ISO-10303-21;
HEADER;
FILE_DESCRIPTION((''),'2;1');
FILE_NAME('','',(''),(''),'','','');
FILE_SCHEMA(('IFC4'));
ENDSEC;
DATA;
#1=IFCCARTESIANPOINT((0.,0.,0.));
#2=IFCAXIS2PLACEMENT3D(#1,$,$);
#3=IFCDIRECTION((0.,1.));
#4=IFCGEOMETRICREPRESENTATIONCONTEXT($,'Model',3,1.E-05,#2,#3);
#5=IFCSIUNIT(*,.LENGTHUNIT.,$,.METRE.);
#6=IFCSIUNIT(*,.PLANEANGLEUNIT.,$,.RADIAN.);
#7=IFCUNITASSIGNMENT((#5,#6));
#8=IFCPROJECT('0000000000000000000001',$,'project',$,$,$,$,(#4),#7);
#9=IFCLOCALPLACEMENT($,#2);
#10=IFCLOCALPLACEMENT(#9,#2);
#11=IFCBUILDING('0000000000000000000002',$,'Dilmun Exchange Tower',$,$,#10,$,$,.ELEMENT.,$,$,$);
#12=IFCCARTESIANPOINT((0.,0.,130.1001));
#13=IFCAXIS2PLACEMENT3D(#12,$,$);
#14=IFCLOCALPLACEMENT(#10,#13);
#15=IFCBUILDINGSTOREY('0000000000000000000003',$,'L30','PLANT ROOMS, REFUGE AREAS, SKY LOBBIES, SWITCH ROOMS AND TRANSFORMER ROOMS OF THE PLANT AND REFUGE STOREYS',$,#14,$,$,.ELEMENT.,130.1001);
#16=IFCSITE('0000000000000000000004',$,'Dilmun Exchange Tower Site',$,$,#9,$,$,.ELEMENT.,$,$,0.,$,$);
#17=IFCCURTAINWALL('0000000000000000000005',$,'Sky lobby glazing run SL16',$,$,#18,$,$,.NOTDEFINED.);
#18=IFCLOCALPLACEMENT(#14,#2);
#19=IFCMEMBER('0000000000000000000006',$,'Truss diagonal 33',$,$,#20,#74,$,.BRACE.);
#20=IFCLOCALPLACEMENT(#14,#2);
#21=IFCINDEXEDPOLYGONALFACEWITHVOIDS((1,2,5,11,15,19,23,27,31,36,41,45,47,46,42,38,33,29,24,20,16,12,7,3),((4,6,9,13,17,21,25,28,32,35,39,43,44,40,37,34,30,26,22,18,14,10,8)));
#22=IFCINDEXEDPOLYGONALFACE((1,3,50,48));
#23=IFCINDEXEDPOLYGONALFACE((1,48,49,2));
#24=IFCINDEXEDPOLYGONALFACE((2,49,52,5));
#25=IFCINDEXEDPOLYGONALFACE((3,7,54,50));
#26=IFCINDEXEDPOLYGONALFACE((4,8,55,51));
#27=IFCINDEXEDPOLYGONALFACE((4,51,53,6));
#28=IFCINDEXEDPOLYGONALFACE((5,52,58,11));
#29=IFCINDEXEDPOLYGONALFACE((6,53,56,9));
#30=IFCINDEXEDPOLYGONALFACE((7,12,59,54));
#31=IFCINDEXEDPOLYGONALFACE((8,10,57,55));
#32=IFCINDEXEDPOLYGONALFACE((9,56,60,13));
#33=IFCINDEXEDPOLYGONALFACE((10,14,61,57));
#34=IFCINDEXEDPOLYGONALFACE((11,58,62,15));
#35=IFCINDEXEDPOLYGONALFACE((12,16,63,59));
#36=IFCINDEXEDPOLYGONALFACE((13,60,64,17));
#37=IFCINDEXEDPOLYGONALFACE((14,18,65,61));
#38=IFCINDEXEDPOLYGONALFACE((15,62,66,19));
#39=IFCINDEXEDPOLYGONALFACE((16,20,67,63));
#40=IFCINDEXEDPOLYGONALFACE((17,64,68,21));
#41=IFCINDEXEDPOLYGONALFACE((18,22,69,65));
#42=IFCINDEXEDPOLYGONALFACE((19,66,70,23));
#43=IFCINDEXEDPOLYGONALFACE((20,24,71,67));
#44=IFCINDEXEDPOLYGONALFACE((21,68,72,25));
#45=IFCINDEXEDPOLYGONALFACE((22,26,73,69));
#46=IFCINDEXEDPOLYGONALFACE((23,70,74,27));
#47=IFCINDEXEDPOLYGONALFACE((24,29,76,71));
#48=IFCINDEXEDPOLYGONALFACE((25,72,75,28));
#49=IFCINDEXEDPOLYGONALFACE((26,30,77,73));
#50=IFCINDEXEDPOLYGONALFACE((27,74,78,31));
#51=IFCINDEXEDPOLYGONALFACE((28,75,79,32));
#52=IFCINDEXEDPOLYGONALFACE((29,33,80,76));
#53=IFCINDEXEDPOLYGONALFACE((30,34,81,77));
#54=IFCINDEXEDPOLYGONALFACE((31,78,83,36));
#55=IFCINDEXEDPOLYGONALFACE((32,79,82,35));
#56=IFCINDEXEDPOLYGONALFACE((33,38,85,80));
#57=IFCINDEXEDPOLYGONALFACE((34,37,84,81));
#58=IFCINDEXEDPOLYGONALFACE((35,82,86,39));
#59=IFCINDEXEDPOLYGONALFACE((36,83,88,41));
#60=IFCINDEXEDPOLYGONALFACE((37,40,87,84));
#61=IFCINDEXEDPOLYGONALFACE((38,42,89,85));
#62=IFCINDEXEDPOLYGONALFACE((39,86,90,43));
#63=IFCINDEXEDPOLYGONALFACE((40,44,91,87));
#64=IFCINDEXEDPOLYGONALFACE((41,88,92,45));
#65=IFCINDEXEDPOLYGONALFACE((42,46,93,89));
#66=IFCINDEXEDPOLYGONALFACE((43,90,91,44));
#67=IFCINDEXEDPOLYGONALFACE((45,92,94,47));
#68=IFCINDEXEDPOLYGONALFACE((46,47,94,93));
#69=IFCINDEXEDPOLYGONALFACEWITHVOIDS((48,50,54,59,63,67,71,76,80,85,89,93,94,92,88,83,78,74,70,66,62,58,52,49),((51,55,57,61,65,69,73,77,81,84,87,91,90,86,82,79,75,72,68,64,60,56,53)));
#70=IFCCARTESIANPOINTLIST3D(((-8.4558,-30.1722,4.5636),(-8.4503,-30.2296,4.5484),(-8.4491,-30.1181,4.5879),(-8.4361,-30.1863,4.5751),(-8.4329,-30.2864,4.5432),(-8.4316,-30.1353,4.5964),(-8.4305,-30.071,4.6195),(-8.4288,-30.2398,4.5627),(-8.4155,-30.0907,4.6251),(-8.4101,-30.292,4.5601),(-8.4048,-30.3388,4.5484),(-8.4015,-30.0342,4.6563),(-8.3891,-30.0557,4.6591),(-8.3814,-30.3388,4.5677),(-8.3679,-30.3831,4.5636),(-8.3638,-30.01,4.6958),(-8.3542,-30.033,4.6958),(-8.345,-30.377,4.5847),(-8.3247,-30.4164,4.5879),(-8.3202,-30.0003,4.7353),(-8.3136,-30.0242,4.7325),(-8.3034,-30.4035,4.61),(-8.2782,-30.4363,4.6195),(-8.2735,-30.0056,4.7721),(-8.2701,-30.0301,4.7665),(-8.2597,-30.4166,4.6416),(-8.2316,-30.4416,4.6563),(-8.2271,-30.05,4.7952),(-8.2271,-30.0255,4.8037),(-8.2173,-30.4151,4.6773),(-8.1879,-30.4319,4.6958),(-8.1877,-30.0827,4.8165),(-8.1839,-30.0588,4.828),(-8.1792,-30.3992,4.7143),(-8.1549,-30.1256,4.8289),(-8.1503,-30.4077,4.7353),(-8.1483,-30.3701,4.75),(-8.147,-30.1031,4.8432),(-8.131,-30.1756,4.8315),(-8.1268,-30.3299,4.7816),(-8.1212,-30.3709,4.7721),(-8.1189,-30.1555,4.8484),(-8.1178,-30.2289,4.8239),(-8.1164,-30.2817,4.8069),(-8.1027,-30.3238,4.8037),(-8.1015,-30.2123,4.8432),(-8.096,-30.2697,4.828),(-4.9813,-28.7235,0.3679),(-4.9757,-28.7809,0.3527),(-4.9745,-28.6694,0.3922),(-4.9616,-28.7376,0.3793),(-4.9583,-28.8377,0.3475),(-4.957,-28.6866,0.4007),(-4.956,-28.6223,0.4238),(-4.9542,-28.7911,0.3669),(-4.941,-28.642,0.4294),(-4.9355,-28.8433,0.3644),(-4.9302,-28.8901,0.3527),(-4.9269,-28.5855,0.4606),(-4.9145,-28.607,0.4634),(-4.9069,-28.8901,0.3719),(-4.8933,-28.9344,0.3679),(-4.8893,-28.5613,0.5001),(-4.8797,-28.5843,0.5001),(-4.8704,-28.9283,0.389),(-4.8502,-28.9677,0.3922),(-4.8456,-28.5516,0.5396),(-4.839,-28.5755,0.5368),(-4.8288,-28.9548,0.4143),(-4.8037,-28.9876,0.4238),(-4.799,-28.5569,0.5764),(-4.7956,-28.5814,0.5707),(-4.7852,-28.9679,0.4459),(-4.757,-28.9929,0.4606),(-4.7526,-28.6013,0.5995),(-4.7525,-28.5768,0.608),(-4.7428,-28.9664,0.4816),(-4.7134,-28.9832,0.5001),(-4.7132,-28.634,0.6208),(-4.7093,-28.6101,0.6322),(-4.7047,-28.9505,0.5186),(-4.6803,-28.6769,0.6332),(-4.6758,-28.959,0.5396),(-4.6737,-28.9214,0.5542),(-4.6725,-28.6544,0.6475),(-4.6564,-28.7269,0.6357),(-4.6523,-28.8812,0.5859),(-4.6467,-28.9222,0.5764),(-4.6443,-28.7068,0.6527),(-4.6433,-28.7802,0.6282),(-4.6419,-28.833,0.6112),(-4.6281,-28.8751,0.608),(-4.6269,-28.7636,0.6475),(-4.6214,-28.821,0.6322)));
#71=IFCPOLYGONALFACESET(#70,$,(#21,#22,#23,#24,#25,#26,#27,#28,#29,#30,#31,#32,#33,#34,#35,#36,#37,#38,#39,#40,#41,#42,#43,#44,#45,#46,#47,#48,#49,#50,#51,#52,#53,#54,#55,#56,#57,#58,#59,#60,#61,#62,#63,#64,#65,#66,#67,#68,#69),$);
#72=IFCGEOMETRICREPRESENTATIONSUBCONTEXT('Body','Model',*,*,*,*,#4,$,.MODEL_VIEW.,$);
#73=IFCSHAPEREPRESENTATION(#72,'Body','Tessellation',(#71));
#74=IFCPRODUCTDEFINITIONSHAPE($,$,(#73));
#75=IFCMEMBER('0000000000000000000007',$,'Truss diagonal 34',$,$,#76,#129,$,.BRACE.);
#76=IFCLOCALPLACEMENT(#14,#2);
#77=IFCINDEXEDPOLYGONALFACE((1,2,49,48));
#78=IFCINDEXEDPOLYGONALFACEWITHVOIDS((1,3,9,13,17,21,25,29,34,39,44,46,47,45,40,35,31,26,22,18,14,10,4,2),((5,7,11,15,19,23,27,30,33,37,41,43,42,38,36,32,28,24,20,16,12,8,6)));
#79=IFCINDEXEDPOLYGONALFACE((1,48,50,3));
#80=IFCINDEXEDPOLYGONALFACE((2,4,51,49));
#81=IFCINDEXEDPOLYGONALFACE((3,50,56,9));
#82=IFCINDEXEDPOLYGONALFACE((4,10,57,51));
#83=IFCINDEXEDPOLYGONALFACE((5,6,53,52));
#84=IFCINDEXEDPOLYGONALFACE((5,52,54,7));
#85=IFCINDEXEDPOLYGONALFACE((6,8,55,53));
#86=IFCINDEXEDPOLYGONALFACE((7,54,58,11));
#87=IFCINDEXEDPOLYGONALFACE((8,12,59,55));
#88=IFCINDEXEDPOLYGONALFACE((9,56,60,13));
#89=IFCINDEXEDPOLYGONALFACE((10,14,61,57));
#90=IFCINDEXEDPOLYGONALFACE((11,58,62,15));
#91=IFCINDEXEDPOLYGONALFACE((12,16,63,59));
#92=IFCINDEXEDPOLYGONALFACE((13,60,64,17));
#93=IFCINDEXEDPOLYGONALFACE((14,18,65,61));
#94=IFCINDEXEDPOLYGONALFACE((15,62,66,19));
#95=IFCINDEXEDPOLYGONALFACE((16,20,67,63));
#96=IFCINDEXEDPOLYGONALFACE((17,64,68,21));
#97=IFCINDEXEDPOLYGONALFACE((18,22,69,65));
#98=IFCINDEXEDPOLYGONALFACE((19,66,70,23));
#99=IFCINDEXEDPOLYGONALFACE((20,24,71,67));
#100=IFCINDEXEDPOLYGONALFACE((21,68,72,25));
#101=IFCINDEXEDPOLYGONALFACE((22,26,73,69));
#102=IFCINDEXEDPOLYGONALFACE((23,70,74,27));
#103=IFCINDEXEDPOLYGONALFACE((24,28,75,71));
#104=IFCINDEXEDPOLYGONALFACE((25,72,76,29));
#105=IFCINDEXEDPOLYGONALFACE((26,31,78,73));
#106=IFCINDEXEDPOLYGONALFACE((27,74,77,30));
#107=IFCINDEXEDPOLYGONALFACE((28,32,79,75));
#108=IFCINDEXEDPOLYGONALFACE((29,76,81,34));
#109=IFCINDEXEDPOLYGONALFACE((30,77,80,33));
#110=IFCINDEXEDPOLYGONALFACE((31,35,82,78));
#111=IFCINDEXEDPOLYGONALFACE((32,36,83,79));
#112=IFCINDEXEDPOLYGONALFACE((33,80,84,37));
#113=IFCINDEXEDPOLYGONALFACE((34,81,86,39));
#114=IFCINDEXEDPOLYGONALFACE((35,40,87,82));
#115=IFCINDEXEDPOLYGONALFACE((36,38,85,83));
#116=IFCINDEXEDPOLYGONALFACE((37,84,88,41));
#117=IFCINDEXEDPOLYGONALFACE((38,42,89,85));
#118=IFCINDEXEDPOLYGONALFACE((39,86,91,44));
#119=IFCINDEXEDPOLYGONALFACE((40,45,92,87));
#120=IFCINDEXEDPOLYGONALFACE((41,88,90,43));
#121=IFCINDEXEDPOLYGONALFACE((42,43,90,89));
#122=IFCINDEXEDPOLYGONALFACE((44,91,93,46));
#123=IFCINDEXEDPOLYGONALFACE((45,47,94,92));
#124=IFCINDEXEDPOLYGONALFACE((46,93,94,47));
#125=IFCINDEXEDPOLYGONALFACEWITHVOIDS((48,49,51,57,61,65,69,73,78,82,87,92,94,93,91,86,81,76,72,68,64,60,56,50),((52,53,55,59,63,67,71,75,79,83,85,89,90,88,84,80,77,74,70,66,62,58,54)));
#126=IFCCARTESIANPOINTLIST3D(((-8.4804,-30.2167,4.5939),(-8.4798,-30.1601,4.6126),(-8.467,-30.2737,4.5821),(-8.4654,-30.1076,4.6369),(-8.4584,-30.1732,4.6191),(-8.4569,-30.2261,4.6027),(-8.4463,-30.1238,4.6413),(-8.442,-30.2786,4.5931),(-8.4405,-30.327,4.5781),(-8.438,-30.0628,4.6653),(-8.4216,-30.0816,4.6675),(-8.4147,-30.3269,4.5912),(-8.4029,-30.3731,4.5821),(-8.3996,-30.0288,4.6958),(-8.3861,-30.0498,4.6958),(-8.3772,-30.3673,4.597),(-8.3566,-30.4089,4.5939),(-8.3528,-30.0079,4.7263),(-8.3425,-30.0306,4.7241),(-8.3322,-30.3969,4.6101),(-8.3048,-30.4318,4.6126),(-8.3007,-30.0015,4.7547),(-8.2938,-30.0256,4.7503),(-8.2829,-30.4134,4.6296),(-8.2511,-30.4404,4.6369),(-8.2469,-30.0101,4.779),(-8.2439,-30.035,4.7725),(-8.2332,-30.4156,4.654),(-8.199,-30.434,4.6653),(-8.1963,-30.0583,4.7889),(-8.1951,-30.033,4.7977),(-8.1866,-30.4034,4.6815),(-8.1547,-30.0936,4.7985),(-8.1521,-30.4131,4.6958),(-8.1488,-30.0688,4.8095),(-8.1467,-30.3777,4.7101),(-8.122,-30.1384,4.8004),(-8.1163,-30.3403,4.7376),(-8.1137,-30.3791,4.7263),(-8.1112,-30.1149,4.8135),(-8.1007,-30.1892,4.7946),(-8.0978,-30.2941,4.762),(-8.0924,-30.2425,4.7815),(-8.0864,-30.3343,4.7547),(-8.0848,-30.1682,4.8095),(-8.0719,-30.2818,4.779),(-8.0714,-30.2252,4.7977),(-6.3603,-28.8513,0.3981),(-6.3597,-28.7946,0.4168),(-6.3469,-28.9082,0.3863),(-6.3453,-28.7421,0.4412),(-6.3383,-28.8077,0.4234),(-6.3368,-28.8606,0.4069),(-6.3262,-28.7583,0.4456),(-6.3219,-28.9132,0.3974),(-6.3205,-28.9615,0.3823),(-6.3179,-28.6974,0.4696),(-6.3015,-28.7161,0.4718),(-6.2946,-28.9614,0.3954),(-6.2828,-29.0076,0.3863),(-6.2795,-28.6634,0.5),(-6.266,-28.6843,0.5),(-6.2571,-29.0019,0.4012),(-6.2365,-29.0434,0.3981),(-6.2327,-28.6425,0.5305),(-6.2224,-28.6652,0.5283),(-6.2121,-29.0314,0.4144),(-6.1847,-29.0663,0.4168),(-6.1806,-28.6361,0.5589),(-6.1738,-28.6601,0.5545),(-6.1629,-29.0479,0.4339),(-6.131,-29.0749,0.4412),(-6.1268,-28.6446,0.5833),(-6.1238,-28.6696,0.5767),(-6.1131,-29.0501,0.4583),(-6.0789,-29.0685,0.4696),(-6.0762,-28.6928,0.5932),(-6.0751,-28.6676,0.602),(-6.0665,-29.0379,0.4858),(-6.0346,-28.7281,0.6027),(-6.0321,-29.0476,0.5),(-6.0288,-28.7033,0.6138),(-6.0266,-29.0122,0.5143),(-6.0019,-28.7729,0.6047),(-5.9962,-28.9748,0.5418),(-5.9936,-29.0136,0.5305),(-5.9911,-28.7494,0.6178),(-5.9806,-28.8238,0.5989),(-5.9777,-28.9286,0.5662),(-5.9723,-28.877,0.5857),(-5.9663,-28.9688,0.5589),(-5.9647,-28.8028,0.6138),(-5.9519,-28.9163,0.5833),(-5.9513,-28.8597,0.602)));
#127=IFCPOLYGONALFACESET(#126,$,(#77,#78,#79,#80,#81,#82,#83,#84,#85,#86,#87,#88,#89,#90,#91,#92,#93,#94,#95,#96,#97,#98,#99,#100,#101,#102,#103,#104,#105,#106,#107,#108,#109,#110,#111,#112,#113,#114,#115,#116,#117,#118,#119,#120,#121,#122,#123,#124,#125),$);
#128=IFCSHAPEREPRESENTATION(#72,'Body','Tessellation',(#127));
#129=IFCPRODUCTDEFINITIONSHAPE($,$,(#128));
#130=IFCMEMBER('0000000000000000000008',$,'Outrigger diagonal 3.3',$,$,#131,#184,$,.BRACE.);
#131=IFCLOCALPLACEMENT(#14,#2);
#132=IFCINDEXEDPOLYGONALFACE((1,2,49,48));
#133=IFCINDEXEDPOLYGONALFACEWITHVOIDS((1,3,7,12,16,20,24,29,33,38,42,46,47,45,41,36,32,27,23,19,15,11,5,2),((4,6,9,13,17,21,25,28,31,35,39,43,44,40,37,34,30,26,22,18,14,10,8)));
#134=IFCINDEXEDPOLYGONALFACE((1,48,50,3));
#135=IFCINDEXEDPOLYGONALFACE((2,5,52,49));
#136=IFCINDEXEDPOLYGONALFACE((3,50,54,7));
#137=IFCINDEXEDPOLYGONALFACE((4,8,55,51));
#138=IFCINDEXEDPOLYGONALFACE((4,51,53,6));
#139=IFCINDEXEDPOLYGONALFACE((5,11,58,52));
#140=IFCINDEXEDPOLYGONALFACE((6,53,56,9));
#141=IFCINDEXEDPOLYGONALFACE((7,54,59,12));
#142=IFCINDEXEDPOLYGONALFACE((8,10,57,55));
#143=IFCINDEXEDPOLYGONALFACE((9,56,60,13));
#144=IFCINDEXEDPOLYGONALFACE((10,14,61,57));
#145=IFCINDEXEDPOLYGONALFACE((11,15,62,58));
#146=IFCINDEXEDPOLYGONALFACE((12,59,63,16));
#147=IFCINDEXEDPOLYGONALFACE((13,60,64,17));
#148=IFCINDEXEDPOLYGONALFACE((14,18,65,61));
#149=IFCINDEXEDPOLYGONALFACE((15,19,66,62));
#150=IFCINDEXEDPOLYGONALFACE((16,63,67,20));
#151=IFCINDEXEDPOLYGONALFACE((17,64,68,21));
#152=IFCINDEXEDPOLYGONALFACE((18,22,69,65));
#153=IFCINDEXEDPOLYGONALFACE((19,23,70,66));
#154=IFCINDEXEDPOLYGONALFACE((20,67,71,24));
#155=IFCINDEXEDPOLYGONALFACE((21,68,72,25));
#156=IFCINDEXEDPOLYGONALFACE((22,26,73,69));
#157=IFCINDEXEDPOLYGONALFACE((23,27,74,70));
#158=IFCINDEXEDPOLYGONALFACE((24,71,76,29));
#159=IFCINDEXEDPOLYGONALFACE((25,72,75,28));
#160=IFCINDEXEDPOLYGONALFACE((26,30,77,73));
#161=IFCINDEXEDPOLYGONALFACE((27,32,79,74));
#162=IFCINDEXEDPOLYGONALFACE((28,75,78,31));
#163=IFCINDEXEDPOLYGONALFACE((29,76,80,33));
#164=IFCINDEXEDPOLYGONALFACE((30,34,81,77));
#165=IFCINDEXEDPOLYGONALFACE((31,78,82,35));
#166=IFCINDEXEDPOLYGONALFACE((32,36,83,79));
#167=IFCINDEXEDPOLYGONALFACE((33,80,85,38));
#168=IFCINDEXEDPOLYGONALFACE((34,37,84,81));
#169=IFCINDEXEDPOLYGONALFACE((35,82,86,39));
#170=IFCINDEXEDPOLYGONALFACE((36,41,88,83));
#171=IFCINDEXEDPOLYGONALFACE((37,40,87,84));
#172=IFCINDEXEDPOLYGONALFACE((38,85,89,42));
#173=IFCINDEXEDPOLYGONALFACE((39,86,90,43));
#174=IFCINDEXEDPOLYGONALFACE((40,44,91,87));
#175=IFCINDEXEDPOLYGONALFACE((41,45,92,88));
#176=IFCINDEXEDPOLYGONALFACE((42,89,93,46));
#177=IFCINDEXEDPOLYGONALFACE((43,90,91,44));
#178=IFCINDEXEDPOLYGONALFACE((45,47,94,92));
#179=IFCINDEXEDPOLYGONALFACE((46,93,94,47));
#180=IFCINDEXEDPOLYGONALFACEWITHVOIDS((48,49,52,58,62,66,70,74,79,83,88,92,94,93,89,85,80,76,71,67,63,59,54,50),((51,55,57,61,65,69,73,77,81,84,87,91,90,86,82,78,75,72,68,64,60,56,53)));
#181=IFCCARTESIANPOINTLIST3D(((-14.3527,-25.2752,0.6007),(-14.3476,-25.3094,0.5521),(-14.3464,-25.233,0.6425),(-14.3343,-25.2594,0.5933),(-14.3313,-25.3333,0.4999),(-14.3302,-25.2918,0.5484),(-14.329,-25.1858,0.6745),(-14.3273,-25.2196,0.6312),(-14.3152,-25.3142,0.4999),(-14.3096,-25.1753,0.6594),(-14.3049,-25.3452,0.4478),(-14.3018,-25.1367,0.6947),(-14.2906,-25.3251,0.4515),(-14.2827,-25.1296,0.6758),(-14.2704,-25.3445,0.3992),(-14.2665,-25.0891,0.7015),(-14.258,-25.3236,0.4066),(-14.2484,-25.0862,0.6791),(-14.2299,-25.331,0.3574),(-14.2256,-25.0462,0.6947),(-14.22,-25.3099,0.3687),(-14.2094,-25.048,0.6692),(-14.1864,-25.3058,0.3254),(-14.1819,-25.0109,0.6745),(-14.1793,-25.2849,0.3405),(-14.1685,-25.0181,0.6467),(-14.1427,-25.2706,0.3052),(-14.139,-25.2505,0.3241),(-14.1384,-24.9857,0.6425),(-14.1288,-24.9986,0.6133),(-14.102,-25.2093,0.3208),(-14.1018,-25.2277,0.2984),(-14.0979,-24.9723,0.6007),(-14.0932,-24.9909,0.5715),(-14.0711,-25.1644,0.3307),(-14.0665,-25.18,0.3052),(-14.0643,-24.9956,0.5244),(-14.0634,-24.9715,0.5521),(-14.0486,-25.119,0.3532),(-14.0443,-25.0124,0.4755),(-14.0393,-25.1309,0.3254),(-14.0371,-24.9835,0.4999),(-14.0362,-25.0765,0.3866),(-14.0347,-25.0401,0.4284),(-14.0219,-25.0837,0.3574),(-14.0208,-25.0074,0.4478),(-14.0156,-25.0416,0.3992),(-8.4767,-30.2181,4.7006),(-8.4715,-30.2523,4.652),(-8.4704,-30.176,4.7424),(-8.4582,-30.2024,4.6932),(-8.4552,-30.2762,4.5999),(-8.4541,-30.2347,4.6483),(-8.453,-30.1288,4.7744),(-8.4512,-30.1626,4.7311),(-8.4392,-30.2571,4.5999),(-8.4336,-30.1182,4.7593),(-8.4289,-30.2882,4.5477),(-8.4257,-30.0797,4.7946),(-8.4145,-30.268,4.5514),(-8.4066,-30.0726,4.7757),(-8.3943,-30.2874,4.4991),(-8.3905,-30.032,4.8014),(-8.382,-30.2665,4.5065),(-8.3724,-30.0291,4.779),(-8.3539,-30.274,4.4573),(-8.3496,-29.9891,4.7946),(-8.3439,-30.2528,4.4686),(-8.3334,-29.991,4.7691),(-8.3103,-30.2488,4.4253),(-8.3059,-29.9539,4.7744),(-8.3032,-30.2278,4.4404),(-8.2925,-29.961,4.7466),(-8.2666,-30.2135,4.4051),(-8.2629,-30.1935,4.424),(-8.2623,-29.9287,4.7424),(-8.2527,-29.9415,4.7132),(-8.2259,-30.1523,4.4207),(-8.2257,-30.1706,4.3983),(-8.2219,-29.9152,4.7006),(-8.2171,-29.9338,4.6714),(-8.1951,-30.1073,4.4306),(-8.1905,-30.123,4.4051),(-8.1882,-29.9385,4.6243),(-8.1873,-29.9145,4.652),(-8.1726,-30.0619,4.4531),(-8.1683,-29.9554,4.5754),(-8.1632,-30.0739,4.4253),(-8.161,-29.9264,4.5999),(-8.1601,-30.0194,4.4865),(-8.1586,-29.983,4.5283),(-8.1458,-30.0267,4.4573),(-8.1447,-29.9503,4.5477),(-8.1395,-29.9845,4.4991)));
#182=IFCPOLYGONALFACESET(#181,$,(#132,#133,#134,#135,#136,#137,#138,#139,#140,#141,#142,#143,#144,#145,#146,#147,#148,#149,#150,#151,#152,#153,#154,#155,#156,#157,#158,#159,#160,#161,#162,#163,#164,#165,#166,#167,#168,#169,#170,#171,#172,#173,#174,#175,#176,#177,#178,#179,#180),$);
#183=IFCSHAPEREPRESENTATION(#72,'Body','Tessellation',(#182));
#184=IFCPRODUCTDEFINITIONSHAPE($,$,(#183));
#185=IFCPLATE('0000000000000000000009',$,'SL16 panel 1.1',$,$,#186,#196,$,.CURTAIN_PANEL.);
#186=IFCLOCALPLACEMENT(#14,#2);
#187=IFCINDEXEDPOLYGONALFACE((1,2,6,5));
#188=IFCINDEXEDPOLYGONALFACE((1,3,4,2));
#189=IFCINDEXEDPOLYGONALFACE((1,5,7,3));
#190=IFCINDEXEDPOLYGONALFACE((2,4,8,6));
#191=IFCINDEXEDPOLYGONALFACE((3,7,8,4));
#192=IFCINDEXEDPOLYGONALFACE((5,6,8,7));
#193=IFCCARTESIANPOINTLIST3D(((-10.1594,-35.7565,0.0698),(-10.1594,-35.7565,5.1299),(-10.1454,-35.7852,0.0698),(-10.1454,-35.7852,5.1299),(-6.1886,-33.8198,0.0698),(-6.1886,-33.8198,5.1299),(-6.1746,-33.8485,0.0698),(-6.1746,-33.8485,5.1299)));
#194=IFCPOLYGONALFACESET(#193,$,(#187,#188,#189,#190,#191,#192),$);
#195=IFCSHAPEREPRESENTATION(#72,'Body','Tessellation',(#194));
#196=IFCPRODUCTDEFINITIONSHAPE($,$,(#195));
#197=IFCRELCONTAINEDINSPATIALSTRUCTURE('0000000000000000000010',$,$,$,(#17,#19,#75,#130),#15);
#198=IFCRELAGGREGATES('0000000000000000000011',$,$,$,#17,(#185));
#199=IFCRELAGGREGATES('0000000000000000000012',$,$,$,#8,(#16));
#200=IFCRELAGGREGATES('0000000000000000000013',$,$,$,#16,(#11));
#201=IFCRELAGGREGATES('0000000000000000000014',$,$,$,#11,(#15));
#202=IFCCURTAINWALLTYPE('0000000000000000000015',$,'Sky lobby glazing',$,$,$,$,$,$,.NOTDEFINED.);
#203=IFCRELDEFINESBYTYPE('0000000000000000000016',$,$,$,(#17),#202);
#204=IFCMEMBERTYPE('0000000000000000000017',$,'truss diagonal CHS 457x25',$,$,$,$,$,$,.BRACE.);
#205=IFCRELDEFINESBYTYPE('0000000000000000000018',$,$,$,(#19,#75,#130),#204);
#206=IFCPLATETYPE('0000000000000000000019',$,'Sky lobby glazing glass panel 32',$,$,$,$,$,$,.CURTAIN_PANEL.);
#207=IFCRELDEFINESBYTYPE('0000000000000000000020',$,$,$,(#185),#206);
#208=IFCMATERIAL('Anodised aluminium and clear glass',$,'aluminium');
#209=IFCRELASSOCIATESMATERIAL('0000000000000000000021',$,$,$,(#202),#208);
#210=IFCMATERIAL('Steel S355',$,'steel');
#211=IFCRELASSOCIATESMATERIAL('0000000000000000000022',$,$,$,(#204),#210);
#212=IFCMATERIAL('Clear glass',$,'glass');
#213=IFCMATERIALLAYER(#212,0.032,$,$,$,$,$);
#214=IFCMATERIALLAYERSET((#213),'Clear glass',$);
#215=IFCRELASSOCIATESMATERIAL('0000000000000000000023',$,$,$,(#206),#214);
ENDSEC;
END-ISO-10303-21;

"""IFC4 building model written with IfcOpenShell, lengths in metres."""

from ifc_helpers import new_model, si_unit, direction, frame, origin, origin_2d, place, context, subcontext, project, spatial, rectangle, hollow_circle, extrude, material, layer, layer_set, material_profile, profile_set, type_object, element, aggregate, save


model = new_model("IFC4")

# Units and contexts
model_context = context("Model", 3, precision=1e-05, world=origin(), true_north=direction((0.0, 1.0)))
body_context = subcontext(model_context, "Body", "Model", "MODEL_VIEW")
ifc_project = project(units=[si_unit("LENGTHUNIT", "METRE"), si_unit("PLANEANGLEUNIT", "RADIAN")], contexts=[model_context])

# Site, building, storey
site_placement = place(None, origin())
site = spatial("IfcSite", under=ifc_project, at=site_placement, Name="Dilmun Exchange Tower Site", CompositionType="ELEMENT", RefElevation=0.0)
building_placement = place(site_placement, origin())
building = spatial("IfcBuilding", under=site, at=building_placement, Name="Dilmun Exchange Tower", CompositionType="ELEMENT")
storey_placement = place(building_placement, frame((0.0, 0.0, 130.1001)))
storey = spatial("IfcBuildingStorey", under=building, at=storey_placement, Name="L30", Description="PLANT ROOMS, REFUGE AREAS, SKY LOBBIES, SWITCH ROOMS AND TRANSFORMER ROOMS OF THE PLANT AND REFUGE STOREYS", CompositionType="ELEMENT", Elevation=130.1001)

# Curtain wall
ifc_material_1 = material(Name="Anodised aluminium and clear glass", Category="aluminium")
curtain_wall_type = type_object("IfcCurtainWallType", Name="Sky lobby glazing", PredefinedType="NOTDEFINED", material=ifc_material_1)
curtain_wall_placement = place(storey_placement, origin())
curtain_wall = element("IfcCurtainWall", 1, at=curtain_wall_placement, inside=storey, type_object=curtain_wall_type, Name="Sky lobby glazing run SL16", PredefinedType="NOTDEFINED")

# Shared definitions
ifc_material_2 = material(Name="Steel S355", Category="steel")

# Members
ifc_material_profile_1 = material_profile(ifc_material_2, hollow_circle(Radius=0.2285, WallThickness=0.0249, at=origin_2d()), Name="CHS 457x25")
ifc_profile_set_1 = profile_set([ifc_material_profile_1], Name="Steel S355")
member_type_1 = type_object("IfcMemberType", Name="truss diagonal CHS 457x25", PredefinedType="BRACE", material=ifc_profile_set_1)
member_1_placement = place(storey_placement, frame((-8.2759, -30.2209, 4.6958), z_axis=(0.616387, 0.257001, -0.744324), x_axis=(-0.384836, 0.922985, 0.0)))
element("IfcMember", 2, at=member_1_placement, inside=storey, type_object=member_type_1, Name="Truss diagonal 33", PredefinedType="BRACE", context=body_context, shape_type="SweptSolid", body=[
    extrude(hollow_circle(Radius=0.2285, WallThickness=0.0249, at=origin_2d()), origin(), (0.0, 0.0, 1.0), 5.637),
])
member_2_placement = place(storey_placement, frame((-8.2759, -30.2209, 4.6958), z_axis=(0.43309, 0.278935, -0.857104), x_axis=(-0.541472, 0.840719, 0.0)))
element("IfcMember", 3, at=member_2_placement, inside=storey, type_object=member_type_1, Name="Truss diagonal 34", PredefinedType="BRACE", context=body_context, shape_type="SweptSolid", body=[
    extrude(hollow_circle(Radius=0.2285, WallThickness=0.0249, at=origin_2d()), origin(), (0.0, 0.0, 1.0), 4.8953),
])
member_3_placement = place(storey_placement, frame((-8.3081, -30.1013, 4.5999), z_axis=(-0.675052, 0.567854, -0.471005), x_axis=(-0.64373, -0.765252, 0.0)))
element("IfcMember", 4, at=member_3_placement, inside=storey, type_object=member_type_1, Name="Outrigger diagonal 3.3", PredefinedType="BRACE", context=body_context, shape_type="SweptSolid", body=[
    extrude(hollow_circle(Radius=0.2285, WallThickness=0.0249, at=origin_2d()), origin(), (0.0, 0.0, 1.0), 8.7046),
])

# Plate
ifc_material_3 = material(Name="Clear glass", Category="glass")
ifc_layer_1 = layer(ifc_material_3, 0.032)
ifc_layer_set_1 = layer_set([ifc_layer_1], Name="Clear glass")
plate_type = type_object("IfcPlateType", Name="Sky lobby glazing glass panel 32", PredefinedType="CURTAIN_PANEL", material=ifc_layer_set_1)
plate_1_placement = place(storey_placement, frame((-8.167, -34.8025, 0.0698), z_axis=(0.0, 0.0, 1.0), x_axis=(0.898794, 0.438371, 0.0)))
plate_1 = element("IfcPlate", 5, at=plate_1_placement, type_object=plate_type, Name="SL16 panel 1.1", PredefinedType="CURTAIN_PANEL", context=body_context, shape_type="SweptSolid", body=[
    extrude(rectangle(XDim=4.418, YDim=0.032, at=origin_2d()), origin(), (0.0, 0.0, 1.0), 5.0601),
])
aggregate(curtain_wall, [plate_1])

save(model, "model.ifc")
